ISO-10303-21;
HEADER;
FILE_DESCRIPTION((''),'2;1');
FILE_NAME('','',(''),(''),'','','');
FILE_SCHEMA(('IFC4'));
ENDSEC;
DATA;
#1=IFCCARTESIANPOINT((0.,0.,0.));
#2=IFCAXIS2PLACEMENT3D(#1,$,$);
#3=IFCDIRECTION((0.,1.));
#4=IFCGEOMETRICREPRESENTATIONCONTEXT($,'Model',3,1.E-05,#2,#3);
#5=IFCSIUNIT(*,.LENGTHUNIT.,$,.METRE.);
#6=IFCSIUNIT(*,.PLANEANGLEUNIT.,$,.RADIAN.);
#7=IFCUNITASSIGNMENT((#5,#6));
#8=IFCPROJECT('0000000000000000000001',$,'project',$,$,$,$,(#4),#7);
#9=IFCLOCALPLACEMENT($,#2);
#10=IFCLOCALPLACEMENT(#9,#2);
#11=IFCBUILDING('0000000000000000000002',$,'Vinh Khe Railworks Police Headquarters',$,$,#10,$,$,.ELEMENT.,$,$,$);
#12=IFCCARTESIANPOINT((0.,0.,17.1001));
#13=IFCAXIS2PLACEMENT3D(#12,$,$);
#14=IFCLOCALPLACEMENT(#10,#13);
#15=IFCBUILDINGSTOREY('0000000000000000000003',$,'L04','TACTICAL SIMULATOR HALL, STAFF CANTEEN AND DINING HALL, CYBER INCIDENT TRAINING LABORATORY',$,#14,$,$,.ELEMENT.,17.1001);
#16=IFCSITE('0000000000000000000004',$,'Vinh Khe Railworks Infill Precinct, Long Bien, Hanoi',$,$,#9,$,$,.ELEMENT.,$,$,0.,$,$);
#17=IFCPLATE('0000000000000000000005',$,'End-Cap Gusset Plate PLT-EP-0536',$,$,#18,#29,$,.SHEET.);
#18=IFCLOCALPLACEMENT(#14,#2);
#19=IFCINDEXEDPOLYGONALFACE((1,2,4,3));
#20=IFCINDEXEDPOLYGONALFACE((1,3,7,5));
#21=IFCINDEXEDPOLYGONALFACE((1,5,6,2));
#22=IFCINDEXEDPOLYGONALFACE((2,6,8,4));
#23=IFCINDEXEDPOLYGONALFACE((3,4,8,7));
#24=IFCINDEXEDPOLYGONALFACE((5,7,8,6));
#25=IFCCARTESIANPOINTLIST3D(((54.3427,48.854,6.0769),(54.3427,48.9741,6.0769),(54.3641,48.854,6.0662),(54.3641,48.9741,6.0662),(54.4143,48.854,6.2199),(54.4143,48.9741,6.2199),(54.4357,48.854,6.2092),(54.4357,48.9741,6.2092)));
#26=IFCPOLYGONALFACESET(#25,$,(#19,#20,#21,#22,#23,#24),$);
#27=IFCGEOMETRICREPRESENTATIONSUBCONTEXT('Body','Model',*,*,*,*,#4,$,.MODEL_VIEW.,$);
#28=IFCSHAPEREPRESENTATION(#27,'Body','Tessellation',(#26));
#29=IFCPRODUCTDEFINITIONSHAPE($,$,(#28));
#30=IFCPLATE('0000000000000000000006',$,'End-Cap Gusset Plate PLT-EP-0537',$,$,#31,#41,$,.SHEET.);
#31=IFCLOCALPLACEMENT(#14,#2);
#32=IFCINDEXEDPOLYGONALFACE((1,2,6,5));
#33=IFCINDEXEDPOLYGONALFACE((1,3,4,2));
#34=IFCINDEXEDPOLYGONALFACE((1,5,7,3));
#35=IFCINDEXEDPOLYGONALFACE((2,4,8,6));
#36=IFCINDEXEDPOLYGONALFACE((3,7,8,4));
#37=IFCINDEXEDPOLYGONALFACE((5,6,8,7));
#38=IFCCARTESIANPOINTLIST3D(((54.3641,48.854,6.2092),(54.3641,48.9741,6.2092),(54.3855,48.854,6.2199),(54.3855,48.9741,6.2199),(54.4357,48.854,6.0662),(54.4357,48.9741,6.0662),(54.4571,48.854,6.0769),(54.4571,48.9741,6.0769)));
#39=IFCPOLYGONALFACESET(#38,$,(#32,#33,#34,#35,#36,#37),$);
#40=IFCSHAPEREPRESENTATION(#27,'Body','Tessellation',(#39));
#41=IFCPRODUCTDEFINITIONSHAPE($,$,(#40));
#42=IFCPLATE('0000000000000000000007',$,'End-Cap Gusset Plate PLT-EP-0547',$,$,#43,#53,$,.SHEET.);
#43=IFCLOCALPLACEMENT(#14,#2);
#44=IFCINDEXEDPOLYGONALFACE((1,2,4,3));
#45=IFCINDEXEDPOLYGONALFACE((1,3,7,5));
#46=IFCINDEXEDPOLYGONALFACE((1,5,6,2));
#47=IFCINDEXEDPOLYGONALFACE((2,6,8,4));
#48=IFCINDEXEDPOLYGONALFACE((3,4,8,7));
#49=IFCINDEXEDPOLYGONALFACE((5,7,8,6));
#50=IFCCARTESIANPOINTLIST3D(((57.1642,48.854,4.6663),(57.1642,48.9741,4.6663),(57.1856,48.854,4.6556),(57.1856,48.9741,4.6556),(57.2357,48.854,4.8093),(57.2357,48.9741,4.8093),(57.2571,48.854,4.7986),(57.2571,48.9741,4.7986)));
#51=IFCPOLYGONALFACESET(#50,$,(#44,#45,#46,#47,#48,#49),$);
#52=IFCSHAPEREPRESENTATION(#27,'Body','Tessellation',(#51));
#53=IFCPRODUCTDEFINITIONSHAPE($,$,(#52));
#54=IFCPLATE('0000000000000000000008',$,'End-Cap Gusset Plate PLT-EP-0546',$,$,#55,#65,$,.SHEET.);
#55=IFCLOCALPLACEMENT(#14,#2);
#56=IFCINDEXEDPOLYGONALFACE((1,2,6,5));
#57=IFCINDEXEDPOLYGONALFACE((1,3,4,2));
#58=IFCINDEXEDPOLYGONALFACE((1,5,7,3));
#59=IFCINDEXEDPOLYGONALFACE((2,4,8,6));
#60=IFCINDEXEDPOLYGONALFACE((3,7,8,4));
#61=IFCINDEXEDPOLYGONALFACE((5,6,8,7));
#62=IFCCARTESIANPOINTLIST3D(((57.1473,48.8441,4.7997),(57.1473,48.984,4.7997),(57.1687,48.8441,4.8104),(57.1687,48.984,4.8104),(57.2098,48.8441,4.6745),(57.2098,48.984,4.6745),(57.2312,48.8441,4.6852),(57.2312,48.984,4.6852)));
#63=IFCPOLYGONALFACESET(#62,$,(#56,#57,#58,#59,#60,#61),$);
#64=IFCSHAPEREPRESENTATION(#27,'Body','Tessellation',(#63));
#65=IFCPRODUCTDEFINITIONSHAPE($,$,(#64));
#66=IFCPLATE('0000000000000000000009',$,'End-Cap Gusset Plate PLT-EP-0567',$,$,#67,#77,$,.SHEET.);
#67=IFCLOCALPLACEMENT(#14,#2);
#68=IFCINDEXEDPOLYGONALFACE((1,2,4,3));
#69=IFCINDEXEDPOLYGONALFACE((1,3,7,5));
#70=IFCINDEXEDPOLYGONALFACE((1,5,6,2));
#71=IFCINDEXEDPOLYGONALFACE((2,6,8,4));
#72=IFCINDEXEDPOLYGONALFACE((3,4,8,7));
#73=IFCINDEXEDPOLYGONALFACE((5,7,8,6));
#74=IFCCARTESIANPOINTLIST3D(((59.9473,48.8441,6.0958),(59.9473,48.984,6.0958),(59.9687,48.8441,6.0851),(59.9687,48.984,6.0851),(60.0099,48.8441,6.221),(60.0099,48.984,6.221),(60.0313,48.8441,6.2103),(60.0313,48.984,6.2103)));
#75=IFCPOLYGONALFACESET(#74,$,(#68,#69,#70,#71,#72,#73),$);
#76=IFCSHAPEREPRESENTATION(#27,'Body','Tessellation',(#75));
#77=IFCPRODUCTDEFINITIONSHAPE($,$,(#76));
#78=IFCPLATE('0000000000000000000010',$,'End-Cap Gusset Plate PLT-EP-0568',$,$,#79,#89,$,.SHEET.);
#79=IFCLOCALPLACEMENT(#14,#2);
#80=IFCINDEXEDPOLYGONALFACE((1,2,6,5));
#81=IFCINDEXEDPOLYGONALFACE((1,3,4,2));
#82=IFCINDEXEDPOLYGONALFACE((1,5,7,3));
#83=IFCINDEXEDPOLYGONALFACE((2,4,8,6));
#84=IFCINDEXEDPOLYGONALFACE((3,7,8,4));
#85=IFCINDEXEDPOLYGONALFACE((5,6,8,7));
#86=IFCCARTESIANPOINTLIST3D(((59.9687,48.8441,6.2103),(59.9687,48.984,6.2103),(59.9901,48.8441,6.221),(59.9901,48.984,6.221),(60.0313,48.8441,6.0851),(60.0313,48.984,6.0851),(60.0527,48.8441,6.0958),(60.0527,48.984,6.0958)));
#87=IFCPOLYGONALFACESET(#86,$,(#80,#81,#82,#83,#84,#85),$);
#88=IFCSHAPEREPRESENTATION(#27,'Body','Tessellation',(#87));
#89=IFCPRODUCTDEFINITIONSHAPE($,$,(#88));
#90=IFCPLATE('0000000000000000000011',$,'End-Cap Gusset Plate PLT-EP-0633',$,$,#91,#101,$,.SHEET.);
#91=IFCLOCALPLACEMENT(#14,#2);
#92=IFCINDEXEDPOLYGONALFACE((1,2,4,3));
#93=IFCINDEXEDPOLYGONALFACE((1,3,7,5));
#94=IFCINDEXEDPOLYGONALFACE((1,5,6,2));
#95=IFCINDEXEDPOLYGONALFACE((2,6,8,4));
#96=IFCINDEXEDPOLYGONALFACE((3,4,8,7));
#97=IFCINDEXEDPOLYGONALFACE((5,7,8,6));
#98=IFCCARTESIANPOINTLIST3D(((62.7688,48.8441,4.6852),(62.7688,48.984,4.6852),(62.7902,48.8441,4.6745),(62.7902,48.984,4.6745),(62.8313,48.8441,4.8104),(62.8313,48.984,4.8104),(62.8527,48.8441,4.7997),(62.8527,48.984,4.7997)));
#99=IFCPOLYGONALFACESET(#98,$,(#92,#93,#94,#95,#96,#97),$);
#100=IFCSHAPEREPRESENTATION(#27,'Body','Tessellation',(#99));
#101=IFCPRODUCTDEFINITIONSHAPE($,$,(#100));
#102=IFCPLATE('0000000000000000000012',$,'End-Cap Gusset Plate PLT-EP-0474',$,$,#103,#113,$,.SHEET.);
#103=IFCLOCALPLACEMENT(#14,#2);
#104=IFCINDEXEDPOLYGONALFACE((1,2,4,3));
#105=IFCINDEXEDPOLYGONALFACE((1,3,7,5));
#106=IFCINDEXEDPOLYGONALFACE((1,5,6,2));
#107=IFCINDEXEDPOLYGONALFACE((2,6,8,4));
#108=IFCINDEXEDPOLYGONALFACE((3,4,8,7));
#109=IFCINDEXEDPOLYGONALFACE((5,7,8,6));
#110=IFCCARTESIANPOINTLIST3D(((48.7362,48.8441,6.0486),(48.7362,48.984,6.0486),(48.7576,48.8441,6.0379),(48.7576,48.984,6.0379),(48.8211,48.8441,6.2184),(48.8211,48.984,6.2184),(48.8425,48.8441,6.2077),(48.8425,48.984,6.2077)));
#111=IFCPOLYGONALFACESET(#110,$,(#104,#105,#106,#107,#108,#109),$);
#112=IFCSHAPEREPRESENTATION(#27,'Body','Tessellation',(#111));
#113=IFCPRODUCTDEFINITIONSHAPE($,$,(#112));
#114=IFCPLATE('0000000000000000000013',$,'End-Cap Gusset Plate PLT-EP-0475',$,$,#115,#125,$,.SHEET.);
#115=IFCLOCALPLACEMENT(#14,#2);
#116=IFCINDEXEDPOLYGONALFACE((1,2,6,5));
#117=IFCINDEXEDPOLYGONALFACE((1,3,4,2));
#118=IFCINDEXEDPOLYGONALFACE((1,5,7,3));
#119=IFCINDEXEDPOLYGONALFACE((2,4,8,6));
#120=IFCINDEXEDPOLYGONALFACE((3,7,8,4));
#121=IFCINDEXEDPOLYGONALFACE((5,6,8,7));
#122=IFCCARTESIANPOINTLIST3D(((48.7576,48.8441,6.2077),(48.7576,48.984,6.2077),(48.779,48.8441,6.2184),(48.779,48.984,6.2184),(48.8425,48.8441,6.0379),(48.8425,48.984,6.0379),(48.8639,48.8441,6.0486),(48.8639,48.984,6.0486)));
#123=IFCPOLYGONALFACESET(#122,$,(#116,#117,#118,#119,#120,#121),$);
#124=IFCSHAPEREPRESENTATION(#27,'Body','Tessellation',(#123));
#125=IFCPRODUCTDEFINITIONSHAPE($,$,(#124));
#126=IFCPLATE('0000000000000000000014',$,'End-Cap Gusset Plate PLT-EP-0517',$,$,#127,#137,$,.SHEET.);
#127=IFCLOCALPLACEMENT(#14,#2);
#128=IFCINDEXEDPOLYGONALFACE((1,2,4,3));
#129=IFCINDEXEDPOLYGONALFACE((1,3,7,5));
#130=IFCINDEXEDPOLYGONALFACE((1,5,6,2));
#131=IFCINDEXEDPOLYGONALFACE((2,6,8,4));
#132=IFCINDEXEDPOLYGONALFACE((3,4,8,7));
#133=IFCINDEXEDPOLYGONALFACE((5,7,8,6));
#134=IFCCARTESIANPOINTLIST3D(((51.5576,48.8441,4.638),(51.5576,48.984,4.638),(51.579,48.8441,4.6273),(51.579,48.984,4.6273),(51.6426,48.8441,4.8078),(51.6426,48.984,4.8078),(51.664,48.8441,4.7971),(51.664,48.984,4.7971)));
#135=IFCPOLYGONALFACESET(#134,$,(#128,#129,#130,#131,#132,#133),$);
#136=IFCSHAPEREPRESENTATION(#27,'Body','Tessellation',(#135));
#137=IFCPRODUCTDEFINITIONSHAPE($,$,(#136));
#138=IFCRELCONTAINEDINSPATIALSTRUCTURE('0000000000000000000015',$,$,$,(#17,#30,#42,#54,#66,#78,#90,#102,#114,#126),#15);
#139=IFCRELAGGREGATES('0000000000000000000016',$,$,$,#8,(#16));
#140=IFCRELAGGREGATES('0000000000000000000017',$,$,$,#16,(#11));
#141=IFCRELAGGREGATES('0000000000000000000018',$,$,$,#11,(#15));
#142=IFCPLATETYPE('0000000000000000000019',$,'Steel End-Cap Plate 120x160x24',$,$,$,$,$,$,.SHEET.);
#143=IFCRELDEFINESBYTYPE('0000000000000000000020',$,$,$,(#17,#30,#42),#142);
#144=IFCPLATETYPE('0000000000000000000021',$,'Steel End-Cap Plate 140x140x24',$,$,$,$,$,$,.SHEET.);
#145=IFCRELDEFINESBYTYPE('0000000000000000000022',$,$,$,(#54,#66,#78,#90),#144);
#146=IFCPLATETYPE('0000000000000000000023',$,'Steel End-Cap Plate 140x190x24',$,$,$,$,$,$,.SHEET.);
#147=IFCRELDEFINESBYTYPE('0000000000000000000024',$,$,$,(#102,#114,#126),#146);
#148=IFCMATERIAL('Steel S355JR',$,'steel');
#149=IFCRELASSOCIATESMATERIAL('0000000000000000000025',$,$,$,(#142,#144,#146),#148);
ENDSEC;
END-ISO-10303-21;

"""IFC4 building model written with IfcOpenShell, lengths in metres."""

from ifc_helpers import new_model, si_unit, direction, frame, origin, origin_2d, place, context, subcontext, project, spatial, rectangle, extrude, material, material_profile, profile_set, type_object, element, save


model = new_model("IFC4")

# Units and contexts
model_context = context("Model", 3, precision=1e-05, world=origin(), true_north=direction((0.0, 1.0)))
body_context = subcontext(model_context, "Body", "Model", "MODEL_VIEW")
ifc_project = project(units=[si_unit("LENGTHUNIT", "METRE"), si_unit("PLANEANGLEUNIT", "RADIAN")], contexts=[model_context])

# Site, building, storey
site_placement = place(None, origin())
site = spatial("IfcSite", under=ifc_project, at=site_placement, Name="Vinh Khe Railworks Infill Precinct, Long Bien, Hanoi", CompositionType="ELEMENT", RefElevation=0.0)
building_placement = place(site_placement, origin())
building = spatial("IfcBuilding", under=site, at=building_placement, Name="Vinh Khe Railworks Police Headquarters", CompositionType="ELEMENT")
storey_placement = place(building_placement, frame((0.0, 0.0, 17.1001)))
storey = spatial("IfcBuildingStorey", under=building, at=storey_placement, Name="L04", Description="TACTICAL SIMULATOR HALL, STAFF CANTEEN AND DINING HALL, CYBER INCIDENT TRAINING LABORATORY", CompositionType="ELEMENT", Elevation=17.1001)

# Shared definitions
ifc_material_1 = material(Name="Steel S355JR", Category="steel")

# Plates
ifc_material_profile_1 = material_profile(ifc_material_1, rectangle(XDim=0.1201, YDim=0.1599, at=origin_2d()), Name="PL 120x160")
ifc_profile_set_1 = profile_set([ifc_material_profile_1], Name="Steel S355JR")
plate_type_1 = type_object("IfcPlateType", Name="Steel End-Cap Plate 120x160x24", PredefinedType="SHEET", material=ifc_profile_set_1)
for number, where, z_axis, x_axis, name in (
    (1, (54.3999, 48.9141, 6.1377), (-0.894427, 0.0, 0.447214), (0.0, -1.0, 0.0), "End-Cap Gusset Plate PLT-EP-0536"),
    (2, (54.3999, 48.9141, 6.1377), (0.894427, 0.0, 0.447214), (0.0, 1.0, 0.0), "End-Cap Gusset Plate PLT-EP-0537"),
    (3, (57.2, 48.9141, 4.7378), (0.894427, 0.0, -0.447214), (0.0, 1.0, 0.0), "End-Cap Gusset Plate PLT-EP-0547"),
):
    element("IfcPlate", number, at=place(storey_placement, frame(where, z_axis=z_axis, x_axis=x_axis)), inside=storey, type_object=plate_type_1, Name=name, PredefinedType="SHEET", context=body_context, shape_type="SweptSolid", body=[
        extrude(rectangle(XDim=0.1201, YDim=0.1599, at=origin_2d()), origin(), (0.0, 0.0, 1.0), 0.0239),
    ])
ifc_material_profile_2 = material_profile(ifc_material_1, rectangle(XDim=0.1399, YDim=0.1399, at=origin_2d()), Name="PL 140x140")
ifc_profile_set_2 = profile_set([ifc_material_profile_2], Name="Steel S355JR")
plate_type_2 = type_object("IfcPlateType", Name="Steel End-Cap Plate 140x140x24", PredefinedType="SHEET", material=ifc_profile_set_2)
for number, where, z_axis, x_axis, name in (
    (4, (57.2, 48.9141, 4.7478), (-0.894427, 0.0, -0.447214), (0.0, -1.0, 0.0), "End-Cap Gusset Plate PLT-EP-0546"),
    (5, (60.0, 48.9141, 6.1477), (-0.894427, 0.0, 0.447214), (0.0, -1.0, 0.0), "End-Cap Gusset Plate PLT-EP-0567"),
    (6, (60.0, 48.9141, 6.1477), (0.894427, 0.0, 0.447214), (0.0, 1.0, 0.0), "End-Cap Gusset Plate PLT-EP-0568"),
    (7, (62.8, 48.9141, 4.7478), (0.894427, 0.0, -0.447214), (0.0, 1.0, 0.0), "End-Cap Gusset Plate PLT-EP-0633"),
):
    element("IfcPlate", number, at=place(storey_placement, frame(where, z_axis=z_axis, x_axis=x_axis)), inside=storey, type_object=plate_type_2, Name=name, PredefinedType="SHEET", context=body_context, shape_type="SweptSolid", body=[
        extrude(rectangle(XDim=0.1399, YDim=0.1399, at=origin_2d()), origin(), (0.0, 0.0, 1.0), 0.0239),
    ])
ifc_material_profile_3 = material_profile(ifc_material_1, rectangle(XDim=0.1399, YDim=0.1899, at=origin_2d()), Name="PL 140x190")
ifc_profile_set_3 = profile_set([ifc_material_profile_3], Name="Steel S355JR")
plate_type_3 = type_object("IfcPlateType", Name="Steel End-Cap Plate 140x190x24", PredefinedType="SHEET", material=ifc_profile_set_3)
for number, where, z_axis, x_axis, name in (
    (8, (48.8, 48.9141, 6.1228), (-0.894427, 0.0, 0.447214), (0.0, -1.0, 0.0), "End-Cap Gusset Plate PLT-EP-0474"),
    (9, (48.8, 48.9141, 6.1228), (0.894427, 0.0, 0.447214), (0.0, 1.0, 0.0), "End-Cap Gusset Plate PLT-EP-0475"),
    (10, (51.6001, 48.9141, 4.7229), (0.894427, 0.0, -0.447214), (0.0, 1.0, 0.0), "End-Cap Gusset Plate PLT-EP-0517"),
):
    element("IfcPlate", number, at=place(storey_placement, frame(where, z_axis=z_axis, x_axis=x_axis)), inside=storey, type_object=plate_type_3, Name=name, PredefinedType="SHEET", context=body_context, shape_type="SweptSolid", body=[
        extrude(rectangle(XDim=0.1399, YDim=0.1899, at=origin_2d()), origin(), (0.0, 0.0, 1.0), 0.0239),
    ])

save(model, "model.ifc")
